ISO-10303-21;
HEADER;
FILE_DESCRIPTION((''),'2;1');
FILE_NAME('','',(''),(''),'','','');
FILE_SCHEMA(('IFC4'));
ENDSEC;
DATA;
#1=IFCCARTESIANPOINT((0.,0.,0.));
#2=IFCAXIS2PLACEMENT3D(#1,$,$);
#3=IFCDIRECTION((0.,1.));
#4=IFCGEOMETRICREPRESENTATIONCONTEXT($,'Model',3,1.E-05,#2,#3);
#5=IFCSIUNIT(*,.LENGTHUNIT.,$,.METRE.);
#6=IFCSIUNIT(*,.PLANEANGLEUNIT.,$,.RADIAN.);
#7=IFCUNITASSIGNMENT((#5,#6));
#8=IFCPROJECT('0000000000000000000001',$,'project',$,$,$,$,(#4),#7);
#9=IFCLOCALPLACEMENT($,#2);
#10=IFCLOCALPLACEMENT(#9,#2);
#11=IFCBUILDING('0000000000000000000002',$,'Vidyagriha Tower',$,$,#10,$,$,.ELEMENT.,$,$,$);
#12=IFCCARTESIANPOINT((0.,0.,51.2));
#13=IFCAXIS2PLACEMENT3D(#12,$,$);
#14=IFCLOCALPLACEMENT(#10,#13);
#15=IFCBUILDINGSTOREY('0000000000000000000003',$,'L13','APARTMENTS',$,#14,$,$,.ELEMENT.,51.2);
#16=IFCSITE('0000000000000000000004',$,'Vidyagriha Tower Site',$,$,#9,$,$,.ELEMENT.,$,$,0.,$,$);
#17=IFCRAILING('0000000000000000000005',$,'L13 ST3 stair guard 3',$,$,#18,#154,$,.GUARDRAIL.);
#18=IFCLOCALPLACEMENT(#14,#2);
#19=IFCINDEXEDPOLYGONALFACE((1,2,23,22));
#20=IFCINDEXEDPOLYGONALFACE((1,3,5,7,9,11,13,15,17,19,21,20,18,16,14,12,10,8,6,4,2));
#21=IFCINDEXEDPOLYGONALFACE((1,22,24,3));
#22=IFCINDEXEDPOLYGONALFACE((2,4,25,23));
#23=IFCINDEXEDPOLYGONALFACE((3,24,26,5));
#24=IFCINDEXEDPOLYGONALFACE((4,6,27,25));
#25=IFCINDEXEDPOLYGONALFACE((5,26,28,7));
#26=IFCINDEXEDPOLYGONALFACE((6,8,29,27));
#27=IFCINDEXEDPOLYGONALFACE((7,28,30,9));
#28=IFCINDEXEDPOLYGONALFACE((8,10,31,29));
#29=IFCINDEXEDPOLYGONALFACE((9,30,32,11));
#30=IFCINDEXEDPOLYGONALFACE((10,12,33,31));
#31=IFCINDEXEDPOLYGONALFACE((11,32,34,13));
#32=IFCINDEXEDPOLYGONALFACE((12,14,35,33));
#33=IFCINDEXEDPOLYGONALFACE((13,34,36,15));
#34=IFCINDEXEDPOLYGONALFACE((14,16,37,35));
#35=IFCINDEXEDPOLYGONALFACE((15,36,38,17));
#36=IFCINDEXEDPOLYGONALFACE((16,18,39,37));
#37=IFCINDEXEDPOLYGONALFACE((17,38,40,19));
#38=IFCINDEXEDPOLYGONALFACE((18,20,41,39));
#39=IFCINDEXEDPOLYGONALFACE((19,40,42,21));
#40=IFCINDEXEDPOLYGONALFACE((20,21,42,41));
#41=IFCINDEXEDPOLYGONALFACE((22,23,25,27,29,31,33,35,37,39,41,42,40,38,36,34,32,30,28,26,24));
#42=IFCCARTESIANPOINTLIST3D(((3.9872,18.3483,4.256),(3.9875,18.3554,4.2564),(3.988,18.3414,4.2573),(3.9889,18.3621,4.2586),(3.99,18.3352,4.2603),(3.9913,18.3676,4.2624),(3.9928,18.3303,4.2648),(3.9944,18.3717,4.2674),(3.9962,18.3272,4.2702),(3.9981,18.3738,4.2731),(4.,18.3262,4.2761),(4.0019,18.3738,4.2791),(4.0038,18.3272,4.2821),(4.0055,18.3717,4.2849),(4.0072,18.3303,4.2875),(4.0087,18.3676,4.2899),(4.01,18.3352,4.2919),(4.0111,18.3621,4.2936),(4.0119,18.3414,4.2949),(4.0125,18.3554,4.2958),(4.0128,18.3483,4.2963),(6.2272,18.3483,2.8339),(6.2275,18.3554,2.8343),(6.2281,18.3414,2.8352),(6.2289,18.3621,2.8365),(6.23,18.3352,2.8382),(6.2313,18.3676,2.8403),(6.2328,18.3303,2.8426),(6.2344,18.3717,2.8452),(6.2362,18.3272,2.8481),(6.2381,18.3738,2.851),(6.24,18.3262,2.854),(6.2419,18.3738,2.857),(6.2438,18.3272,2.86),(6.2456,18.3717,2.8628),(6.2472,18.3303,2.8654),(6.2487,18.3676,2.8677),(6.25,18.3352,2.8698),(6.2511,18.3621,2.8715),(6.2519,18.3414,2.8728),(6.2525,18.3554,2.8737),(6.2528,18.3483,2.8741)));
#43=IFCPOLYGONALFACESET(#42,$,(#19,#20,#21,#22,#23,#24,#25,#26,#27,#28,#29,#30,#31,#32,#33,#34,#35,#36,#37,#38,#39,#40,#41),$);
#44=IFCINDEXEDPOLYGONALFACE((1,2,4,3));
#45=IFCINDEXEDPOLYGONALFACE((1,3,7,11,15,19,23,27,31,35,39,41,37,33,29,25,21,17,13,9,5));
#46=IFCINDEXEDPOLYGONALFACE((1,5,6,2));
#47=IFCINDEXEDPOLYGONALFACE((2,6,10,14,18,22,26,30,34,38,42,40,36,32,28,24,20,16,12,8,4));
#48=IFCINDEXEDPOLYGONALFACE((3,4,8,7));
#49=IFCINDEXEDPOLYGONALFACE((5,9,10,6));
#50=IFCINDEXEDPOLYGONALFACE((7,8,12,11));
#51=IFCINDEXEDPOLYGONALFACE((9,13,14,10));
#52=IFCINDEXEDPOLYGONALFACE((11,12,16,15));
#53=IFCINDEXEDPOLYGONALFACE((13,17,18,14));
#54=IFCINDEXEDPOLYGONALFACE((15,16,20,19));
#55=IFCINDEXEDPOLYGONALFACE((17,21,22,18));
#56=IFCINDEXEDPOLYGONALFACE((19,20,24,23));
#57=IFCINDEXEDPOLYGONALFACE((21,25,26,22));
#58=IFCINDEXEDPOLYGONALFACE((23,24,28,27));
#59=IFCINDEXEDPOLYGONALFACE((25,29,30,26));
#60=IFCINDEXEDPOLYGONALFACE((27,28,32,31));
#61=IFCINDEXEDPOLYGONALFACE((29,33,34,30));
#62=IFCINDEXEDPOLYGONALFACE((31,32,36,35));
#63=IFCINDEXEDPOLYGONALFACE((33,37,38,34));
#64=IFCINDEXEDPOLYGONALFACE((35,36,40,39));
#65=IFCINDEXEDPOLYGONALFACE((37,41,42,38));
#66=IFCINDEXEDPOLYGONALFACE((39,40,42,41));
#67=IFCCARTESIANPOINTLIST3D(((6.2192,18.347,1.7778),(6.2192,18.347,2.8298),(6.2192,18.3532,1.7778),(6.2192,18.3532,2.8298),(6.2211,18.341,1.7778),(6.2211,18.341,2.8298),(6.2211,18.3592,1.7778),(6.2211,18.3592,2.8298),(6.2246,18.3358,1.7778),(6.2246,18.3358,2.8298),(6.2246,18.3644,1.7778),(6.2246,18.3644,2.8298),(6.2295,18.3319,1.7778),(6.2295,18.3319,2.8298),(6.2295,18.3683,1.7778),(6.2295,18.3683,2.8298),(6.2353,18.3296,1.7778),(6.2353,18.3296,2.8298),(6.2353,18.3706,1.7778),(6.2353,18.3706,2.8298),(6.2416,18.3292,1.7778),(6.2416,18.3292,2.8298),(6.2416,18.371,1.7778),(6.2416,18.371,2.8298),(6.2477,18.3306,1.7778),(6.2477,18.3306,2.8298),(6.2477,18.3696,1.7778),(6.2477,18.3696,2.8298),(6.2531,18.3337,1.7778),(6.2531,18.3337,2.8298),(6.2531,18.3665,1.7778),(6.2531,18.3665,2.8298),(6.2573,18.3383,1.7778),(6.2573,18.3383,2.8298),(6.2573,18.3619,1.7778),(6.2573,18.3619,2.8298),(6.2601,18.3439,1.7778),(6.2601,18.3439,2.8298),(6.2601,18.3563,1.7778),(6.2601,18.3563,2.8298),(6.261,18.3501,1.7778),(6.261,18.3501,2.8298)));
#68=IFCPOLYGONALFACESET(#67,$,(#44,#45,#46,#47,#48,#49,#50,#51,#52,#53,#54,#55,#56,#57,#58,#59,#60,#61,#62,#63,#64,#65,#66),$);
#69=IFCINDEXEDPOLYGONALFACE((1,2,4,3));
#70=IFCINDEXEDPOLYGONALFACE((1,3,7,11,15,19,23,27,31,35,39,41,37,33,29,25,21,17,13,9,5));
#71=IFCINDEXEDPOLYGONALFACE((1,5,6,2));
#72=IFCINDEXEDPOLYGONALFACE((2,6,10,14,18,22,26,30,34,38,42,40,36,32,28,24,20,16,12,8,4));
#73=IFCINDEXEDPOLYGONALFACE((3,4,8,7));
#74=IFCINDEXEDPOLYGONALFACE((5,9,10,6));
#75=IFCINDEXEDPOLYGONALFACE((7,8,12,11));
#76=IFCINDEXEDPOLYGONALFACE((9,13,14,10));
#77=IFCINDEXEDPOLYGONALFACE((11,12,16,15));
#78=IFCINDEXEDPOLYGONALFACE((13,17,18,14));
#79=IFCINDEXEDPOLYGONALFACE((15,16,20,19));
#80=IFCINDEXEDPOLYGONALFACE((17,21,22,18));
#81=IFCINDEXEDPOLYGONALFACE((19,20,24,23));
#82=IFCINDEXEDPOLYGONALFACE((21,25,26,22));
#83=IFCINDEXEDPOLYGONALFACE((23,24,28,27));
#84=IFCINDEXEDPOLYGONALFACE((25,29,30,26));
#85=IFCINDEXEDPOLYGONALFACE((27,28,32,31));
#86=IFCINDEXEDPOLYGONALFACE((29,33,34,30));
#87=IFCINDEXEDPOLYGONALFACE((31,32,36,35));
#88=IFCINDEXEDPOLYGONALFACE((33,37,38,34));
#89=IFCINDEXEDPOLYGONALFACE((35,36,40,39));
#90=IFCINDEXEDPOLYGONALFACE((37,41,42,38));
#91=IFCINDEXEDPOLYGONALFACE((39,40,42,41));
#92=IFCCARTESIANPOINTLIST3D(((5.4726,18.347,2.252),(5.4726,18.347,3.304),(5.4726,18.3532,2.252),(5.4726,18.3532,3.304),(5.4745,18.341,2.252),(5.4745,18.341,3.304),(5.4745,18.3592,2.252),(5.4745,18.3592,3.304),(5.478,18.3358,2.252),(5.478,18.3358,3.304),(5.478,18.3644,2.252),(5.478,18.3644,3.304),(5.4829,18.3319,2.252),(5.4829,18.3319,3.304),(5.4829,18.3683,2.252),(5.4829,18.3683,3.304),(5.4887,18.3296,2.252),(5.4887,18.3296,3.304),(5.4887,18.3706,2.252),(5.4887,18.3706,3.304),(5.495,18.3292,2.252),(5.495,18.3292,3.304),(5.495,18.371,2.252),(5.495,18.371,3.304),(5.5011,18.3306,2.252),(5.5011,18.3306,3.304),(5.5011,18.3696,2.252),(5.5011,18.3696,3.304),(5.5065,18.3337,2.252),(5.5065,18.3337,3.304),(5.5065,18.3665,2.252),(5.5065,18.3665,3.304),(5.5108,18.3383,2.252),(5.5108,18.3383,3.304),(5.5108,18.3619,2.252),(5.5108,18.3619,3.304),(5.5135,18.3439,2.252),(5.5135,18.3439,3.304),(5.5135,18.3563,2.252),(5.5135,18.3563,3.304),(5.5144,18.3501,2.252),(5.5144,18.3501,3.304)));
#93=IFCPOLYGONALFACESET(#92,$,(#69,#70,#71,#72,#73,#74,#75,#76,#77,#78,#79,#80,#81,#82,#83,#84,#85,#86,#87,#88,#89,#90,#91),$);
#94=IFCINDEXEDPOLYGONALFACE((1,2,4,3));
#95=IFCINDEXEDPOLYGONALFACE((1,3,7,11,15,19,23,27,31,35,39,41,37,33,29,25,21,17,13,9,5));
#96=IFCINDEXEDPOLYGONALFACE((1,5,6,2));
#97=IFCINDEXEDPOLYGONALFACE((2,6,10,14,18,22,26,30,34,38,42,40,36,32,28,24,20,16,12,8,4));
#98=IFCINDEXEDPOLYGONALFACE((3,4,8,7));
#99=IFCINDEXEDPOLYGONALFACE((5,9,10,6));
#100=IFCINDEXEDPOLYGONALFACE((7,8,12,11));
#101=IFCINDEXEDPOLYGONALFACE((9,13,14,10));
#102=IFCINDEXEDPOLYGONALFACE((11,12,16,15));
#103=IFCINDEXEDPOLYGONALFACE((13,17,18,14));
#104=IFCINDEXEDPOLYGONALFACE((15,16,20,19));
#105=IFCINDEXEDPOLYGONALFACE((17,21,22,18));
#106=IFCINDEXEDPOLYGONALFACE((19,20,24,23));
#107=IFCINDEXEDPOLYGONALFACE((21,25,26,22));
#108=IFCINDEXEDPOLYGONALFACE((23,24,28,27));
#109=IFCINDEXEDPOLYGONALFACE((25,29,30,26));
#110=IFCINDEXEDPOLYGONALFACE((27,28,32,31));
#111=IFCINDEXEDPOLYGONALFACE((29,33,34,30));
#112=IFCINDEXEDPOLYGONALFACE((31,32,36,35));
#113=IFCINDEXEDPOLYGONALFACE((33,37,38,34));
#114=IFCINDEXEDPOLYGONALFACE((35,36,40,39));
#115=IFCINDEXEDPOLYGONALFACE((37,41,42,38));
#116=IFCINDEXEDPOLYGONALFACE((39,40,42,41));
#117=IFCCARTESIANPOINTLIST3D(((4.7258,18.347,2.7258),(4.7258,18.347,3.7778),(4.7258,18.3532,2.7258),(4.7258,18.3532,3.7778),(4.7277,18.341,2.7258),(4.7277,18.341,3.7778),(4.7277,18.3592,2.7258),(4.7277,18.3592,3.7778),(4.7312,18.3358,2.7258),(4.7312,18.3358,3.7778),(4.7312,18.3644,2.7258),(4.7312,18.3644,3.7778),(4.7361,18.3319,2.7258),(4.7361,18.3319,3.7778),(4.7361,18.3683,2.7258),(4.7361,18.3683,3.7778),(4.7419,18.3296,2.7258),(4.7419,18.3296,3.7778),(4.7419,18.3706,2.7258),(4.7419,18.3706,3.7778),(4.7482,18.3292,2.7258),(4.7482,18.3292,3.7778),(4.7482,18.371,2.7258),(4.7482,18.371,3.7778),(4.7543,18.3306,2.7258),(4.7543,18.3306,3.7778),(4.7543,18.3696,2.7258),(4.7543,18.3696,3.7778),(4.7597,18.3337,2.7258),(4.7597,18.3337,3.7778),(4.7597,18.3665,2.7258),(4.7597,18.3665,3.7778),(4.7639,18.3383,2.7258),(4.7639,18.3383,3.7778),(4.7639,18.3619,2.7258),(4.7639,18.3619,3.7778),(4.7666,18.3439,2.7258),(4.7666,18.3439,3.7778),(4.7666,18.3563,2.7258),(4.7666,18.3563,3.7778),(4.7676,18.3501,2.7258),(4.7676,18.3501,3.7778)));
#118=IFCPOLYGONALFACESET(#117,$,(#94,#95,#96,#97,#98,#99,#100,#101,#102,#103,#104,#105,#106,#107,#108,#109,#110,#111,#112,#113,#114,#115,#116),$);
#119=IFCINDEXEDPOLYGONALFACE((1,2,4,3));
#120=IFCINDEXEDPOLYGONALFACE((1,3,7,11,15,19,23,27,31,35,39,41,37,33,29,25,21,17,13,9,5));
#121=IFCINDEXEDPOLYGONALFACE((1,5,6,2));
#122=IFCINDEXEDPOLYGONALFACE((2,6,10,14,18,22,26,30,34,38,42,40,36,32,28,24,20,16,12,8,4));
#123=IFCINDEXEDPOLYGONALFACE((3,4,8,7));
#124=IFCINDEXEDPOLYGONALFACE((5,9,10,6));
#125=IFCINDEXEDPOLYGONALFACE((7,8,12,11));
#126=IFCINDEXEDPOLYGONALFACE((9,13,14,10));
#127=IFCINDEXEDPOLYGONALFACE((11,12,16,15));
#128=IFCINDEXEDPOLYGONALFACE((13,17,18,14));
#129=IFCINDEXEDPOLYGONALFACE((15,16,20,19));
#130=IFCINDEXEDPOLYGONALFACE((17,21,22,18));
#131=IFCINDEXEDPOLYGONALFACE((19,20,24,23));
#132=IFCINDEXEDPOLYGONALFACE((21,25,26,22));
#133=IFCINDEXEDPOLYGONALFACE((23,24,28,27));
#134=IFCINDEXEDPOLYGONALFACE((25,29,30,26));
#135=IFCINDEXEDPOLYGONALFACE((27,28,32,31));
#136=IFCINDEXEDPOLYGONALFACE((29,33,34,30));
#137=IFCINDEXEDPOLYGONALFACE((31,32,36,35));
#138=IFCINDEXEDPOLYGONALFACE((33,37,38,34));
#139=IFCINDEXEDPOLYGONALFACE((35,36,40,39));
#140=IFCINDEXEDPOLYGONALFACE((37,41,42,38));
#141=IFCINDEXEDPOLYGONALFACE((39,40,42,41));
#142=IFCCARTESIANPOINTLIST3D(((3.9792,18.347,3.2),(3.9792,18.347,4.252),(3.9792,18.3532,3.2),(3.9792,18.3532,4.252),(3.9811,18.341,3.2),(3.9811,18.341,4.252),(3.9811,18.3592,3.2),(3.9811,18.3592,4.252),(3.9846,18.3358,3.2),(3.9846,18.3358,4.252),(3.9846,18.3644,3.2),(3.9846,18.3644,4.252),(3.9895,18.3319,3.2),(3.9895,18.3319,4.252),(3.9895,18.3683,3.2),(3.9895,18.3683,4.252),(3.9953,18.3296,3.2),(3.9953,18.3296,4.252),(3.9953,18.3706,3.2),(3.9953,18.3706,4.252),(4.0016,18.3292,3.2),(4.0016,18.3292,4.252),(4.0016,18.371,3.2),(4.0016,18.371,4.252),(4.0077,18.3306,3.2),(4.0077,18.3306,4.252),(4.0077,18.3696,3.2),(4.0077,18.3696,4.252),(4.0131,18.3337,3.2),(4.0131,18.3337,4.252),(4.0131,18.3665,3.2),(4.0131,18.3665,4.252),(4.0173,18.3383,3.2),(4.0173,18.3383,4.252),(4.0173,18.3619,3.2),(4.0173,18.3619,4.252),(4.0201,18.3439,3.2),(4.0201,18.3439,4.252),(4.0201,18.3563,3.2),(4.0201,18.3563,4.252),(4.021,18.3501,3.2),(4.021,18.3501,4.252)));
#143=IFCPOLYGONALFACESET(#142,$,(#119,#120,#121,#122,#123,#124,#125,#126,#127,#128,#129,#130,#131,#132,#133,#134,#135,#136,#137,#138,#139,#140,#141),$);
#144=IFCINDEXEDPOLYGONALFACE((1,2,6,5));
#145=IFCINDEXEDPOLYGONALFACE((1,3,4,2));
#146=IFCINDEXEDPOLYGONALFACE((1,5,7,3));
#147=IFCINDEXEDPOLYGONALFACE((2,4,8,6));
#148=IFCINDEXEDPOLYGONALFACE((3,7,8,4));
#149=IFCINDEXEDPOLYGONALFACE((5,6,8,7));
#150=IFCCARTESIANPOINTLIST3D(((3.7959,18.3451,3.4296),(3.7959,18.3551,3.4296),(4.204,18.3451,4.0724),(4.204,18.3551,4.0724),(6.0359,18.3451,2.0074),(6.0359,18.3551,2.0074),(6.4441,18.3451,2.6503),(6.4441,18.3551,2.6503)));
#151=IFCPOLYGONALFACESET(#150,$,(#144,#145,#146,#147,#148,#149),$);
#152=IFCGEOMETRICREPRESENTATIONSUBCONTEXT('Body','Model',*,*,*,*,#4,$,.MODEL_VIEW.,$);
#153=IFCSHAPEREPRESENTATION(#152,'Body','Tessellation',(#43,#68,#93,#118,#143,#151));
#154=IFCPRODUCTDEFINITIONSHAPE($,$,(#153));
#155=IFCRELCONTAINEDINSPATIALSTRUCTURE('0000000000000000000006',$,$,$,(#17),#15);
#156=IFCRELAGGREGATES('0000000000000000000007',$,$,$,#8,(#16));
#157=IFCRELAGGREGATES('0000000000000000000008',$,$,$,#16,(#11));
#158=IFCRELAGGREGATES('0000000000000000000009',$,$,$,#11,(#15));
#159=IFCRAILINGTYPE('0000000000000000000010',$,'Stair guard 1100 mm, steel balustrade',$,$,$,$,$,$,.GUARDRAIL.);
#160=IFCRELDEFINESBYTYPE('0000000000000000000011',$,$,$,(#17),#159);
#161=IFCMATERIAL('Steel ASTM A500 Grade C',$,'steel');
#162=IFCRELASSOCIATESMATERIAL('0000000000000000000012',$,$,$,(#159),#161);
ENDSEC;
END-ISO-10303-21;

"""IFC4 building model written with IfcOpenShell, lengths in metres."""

from ifc_helpers import new_model, si_unit, direction, frame, origin, origin_2d, place, context, subcontext, project, spatial, rectangle, circle, extrude, material, type_object, element, save


model = new_model("IFC4")

# Units and contexts
model_context = context("Model", 3, precision=1e-05, world=origin(), true_north=direction((0.0, 1.0)))
body_context = subcontext(model_context, "Body", "Model", "MODEL_VIEW")
ifc_project = project(units=[si_unit("LENGTHUNIT", "METRE"), si_unit("PLANEANGLEUNIT", "RADIAN")], contexts=[model_context])

# Site, building, storey
site_placement = place(None, origin())
site = spatial("IfcSite", under=ifc_project, at=site_placement, Name="Vidyagriha Tower Site", CompositionType="ELEMENT", RefElevation=0.0)
building_placement = place(site_placement, origin())
building = spatial("IfcBuilding", under=site, at=building_placement, Name="Vidyagriha Tower", CompositionType="ELEMENT")
storey_placement = place(building_placement, frame((0.0, 0.0, 51.2)))
storey = spatial("IfcBuildingStorey", under=building, at=storey_placement, Name="L13", Description="APARTMENTS", CompositionType="ELEMENT", Elevation=51.2)

# Railing
ifc_material_1 = material(Name="Steel ASTM A500 Grade C", Category="steel")
railing_type_1 = type_object("IfcRailingType", Name="Stair guard 1100 mm, steel balustrade", PredefinedType="GUARDRAIL", material=ifc_material_1)
railing_1_placement = place(storey_placement, frame((6.24, 18.3501, 1.7778)))
element("IfcRailing", 1, at=railing_1_placement, inside=storey, type_object=railing_type_1, Name="L13 ST3 stair guard 3", PredefinedType="GUARDRAIL", context=body_context, shape_type="SweptSolid", body=[
    extrude(circle(Radius=0.0239, at=origin_2d()), frame((0.0, 0.0, 1.0762), z_axis=(-0.844229, 0.0, 0.535982), x_axis=(0.0, -1.0, 0.0)), (0.0, 0.0, 1.0), 2.6533),
    extrude(circle(Radius=0.021, at=origin_2d()), origin(), (0.0, 0.0, 1.0), 1.052),
    extrude(circle(Radius=0.021, at=origin_2d()), frame((-0.7466, 0.0, 0.4741)), (0.0, 0.0, 1.0), 1.052),
    extrude(circle(Radius=0.021, at=origin_2d()), frame((-1.4934, 0.0, 0.948)), (0.0, 0.0, 1.0), 1.052),
    extrude(circle(Radius=0.021, at=origin_2d()), frame((-2.24, 0.0, 1.4221)), (0.0, 0.0, 1.0), 1.052),
    extrude(rectangle(XDim=0.01, YDim=0.7615, at=origin_2d()), frame((0.0, 0.0, 0.551), z_axis=(-0.844229, 0.0, 0.535982), x_axis=(0.0, -1.0, 0.0)), (0.0, 0.0, 1.0), 2.6533),
])

save(model, "model.ifc")
